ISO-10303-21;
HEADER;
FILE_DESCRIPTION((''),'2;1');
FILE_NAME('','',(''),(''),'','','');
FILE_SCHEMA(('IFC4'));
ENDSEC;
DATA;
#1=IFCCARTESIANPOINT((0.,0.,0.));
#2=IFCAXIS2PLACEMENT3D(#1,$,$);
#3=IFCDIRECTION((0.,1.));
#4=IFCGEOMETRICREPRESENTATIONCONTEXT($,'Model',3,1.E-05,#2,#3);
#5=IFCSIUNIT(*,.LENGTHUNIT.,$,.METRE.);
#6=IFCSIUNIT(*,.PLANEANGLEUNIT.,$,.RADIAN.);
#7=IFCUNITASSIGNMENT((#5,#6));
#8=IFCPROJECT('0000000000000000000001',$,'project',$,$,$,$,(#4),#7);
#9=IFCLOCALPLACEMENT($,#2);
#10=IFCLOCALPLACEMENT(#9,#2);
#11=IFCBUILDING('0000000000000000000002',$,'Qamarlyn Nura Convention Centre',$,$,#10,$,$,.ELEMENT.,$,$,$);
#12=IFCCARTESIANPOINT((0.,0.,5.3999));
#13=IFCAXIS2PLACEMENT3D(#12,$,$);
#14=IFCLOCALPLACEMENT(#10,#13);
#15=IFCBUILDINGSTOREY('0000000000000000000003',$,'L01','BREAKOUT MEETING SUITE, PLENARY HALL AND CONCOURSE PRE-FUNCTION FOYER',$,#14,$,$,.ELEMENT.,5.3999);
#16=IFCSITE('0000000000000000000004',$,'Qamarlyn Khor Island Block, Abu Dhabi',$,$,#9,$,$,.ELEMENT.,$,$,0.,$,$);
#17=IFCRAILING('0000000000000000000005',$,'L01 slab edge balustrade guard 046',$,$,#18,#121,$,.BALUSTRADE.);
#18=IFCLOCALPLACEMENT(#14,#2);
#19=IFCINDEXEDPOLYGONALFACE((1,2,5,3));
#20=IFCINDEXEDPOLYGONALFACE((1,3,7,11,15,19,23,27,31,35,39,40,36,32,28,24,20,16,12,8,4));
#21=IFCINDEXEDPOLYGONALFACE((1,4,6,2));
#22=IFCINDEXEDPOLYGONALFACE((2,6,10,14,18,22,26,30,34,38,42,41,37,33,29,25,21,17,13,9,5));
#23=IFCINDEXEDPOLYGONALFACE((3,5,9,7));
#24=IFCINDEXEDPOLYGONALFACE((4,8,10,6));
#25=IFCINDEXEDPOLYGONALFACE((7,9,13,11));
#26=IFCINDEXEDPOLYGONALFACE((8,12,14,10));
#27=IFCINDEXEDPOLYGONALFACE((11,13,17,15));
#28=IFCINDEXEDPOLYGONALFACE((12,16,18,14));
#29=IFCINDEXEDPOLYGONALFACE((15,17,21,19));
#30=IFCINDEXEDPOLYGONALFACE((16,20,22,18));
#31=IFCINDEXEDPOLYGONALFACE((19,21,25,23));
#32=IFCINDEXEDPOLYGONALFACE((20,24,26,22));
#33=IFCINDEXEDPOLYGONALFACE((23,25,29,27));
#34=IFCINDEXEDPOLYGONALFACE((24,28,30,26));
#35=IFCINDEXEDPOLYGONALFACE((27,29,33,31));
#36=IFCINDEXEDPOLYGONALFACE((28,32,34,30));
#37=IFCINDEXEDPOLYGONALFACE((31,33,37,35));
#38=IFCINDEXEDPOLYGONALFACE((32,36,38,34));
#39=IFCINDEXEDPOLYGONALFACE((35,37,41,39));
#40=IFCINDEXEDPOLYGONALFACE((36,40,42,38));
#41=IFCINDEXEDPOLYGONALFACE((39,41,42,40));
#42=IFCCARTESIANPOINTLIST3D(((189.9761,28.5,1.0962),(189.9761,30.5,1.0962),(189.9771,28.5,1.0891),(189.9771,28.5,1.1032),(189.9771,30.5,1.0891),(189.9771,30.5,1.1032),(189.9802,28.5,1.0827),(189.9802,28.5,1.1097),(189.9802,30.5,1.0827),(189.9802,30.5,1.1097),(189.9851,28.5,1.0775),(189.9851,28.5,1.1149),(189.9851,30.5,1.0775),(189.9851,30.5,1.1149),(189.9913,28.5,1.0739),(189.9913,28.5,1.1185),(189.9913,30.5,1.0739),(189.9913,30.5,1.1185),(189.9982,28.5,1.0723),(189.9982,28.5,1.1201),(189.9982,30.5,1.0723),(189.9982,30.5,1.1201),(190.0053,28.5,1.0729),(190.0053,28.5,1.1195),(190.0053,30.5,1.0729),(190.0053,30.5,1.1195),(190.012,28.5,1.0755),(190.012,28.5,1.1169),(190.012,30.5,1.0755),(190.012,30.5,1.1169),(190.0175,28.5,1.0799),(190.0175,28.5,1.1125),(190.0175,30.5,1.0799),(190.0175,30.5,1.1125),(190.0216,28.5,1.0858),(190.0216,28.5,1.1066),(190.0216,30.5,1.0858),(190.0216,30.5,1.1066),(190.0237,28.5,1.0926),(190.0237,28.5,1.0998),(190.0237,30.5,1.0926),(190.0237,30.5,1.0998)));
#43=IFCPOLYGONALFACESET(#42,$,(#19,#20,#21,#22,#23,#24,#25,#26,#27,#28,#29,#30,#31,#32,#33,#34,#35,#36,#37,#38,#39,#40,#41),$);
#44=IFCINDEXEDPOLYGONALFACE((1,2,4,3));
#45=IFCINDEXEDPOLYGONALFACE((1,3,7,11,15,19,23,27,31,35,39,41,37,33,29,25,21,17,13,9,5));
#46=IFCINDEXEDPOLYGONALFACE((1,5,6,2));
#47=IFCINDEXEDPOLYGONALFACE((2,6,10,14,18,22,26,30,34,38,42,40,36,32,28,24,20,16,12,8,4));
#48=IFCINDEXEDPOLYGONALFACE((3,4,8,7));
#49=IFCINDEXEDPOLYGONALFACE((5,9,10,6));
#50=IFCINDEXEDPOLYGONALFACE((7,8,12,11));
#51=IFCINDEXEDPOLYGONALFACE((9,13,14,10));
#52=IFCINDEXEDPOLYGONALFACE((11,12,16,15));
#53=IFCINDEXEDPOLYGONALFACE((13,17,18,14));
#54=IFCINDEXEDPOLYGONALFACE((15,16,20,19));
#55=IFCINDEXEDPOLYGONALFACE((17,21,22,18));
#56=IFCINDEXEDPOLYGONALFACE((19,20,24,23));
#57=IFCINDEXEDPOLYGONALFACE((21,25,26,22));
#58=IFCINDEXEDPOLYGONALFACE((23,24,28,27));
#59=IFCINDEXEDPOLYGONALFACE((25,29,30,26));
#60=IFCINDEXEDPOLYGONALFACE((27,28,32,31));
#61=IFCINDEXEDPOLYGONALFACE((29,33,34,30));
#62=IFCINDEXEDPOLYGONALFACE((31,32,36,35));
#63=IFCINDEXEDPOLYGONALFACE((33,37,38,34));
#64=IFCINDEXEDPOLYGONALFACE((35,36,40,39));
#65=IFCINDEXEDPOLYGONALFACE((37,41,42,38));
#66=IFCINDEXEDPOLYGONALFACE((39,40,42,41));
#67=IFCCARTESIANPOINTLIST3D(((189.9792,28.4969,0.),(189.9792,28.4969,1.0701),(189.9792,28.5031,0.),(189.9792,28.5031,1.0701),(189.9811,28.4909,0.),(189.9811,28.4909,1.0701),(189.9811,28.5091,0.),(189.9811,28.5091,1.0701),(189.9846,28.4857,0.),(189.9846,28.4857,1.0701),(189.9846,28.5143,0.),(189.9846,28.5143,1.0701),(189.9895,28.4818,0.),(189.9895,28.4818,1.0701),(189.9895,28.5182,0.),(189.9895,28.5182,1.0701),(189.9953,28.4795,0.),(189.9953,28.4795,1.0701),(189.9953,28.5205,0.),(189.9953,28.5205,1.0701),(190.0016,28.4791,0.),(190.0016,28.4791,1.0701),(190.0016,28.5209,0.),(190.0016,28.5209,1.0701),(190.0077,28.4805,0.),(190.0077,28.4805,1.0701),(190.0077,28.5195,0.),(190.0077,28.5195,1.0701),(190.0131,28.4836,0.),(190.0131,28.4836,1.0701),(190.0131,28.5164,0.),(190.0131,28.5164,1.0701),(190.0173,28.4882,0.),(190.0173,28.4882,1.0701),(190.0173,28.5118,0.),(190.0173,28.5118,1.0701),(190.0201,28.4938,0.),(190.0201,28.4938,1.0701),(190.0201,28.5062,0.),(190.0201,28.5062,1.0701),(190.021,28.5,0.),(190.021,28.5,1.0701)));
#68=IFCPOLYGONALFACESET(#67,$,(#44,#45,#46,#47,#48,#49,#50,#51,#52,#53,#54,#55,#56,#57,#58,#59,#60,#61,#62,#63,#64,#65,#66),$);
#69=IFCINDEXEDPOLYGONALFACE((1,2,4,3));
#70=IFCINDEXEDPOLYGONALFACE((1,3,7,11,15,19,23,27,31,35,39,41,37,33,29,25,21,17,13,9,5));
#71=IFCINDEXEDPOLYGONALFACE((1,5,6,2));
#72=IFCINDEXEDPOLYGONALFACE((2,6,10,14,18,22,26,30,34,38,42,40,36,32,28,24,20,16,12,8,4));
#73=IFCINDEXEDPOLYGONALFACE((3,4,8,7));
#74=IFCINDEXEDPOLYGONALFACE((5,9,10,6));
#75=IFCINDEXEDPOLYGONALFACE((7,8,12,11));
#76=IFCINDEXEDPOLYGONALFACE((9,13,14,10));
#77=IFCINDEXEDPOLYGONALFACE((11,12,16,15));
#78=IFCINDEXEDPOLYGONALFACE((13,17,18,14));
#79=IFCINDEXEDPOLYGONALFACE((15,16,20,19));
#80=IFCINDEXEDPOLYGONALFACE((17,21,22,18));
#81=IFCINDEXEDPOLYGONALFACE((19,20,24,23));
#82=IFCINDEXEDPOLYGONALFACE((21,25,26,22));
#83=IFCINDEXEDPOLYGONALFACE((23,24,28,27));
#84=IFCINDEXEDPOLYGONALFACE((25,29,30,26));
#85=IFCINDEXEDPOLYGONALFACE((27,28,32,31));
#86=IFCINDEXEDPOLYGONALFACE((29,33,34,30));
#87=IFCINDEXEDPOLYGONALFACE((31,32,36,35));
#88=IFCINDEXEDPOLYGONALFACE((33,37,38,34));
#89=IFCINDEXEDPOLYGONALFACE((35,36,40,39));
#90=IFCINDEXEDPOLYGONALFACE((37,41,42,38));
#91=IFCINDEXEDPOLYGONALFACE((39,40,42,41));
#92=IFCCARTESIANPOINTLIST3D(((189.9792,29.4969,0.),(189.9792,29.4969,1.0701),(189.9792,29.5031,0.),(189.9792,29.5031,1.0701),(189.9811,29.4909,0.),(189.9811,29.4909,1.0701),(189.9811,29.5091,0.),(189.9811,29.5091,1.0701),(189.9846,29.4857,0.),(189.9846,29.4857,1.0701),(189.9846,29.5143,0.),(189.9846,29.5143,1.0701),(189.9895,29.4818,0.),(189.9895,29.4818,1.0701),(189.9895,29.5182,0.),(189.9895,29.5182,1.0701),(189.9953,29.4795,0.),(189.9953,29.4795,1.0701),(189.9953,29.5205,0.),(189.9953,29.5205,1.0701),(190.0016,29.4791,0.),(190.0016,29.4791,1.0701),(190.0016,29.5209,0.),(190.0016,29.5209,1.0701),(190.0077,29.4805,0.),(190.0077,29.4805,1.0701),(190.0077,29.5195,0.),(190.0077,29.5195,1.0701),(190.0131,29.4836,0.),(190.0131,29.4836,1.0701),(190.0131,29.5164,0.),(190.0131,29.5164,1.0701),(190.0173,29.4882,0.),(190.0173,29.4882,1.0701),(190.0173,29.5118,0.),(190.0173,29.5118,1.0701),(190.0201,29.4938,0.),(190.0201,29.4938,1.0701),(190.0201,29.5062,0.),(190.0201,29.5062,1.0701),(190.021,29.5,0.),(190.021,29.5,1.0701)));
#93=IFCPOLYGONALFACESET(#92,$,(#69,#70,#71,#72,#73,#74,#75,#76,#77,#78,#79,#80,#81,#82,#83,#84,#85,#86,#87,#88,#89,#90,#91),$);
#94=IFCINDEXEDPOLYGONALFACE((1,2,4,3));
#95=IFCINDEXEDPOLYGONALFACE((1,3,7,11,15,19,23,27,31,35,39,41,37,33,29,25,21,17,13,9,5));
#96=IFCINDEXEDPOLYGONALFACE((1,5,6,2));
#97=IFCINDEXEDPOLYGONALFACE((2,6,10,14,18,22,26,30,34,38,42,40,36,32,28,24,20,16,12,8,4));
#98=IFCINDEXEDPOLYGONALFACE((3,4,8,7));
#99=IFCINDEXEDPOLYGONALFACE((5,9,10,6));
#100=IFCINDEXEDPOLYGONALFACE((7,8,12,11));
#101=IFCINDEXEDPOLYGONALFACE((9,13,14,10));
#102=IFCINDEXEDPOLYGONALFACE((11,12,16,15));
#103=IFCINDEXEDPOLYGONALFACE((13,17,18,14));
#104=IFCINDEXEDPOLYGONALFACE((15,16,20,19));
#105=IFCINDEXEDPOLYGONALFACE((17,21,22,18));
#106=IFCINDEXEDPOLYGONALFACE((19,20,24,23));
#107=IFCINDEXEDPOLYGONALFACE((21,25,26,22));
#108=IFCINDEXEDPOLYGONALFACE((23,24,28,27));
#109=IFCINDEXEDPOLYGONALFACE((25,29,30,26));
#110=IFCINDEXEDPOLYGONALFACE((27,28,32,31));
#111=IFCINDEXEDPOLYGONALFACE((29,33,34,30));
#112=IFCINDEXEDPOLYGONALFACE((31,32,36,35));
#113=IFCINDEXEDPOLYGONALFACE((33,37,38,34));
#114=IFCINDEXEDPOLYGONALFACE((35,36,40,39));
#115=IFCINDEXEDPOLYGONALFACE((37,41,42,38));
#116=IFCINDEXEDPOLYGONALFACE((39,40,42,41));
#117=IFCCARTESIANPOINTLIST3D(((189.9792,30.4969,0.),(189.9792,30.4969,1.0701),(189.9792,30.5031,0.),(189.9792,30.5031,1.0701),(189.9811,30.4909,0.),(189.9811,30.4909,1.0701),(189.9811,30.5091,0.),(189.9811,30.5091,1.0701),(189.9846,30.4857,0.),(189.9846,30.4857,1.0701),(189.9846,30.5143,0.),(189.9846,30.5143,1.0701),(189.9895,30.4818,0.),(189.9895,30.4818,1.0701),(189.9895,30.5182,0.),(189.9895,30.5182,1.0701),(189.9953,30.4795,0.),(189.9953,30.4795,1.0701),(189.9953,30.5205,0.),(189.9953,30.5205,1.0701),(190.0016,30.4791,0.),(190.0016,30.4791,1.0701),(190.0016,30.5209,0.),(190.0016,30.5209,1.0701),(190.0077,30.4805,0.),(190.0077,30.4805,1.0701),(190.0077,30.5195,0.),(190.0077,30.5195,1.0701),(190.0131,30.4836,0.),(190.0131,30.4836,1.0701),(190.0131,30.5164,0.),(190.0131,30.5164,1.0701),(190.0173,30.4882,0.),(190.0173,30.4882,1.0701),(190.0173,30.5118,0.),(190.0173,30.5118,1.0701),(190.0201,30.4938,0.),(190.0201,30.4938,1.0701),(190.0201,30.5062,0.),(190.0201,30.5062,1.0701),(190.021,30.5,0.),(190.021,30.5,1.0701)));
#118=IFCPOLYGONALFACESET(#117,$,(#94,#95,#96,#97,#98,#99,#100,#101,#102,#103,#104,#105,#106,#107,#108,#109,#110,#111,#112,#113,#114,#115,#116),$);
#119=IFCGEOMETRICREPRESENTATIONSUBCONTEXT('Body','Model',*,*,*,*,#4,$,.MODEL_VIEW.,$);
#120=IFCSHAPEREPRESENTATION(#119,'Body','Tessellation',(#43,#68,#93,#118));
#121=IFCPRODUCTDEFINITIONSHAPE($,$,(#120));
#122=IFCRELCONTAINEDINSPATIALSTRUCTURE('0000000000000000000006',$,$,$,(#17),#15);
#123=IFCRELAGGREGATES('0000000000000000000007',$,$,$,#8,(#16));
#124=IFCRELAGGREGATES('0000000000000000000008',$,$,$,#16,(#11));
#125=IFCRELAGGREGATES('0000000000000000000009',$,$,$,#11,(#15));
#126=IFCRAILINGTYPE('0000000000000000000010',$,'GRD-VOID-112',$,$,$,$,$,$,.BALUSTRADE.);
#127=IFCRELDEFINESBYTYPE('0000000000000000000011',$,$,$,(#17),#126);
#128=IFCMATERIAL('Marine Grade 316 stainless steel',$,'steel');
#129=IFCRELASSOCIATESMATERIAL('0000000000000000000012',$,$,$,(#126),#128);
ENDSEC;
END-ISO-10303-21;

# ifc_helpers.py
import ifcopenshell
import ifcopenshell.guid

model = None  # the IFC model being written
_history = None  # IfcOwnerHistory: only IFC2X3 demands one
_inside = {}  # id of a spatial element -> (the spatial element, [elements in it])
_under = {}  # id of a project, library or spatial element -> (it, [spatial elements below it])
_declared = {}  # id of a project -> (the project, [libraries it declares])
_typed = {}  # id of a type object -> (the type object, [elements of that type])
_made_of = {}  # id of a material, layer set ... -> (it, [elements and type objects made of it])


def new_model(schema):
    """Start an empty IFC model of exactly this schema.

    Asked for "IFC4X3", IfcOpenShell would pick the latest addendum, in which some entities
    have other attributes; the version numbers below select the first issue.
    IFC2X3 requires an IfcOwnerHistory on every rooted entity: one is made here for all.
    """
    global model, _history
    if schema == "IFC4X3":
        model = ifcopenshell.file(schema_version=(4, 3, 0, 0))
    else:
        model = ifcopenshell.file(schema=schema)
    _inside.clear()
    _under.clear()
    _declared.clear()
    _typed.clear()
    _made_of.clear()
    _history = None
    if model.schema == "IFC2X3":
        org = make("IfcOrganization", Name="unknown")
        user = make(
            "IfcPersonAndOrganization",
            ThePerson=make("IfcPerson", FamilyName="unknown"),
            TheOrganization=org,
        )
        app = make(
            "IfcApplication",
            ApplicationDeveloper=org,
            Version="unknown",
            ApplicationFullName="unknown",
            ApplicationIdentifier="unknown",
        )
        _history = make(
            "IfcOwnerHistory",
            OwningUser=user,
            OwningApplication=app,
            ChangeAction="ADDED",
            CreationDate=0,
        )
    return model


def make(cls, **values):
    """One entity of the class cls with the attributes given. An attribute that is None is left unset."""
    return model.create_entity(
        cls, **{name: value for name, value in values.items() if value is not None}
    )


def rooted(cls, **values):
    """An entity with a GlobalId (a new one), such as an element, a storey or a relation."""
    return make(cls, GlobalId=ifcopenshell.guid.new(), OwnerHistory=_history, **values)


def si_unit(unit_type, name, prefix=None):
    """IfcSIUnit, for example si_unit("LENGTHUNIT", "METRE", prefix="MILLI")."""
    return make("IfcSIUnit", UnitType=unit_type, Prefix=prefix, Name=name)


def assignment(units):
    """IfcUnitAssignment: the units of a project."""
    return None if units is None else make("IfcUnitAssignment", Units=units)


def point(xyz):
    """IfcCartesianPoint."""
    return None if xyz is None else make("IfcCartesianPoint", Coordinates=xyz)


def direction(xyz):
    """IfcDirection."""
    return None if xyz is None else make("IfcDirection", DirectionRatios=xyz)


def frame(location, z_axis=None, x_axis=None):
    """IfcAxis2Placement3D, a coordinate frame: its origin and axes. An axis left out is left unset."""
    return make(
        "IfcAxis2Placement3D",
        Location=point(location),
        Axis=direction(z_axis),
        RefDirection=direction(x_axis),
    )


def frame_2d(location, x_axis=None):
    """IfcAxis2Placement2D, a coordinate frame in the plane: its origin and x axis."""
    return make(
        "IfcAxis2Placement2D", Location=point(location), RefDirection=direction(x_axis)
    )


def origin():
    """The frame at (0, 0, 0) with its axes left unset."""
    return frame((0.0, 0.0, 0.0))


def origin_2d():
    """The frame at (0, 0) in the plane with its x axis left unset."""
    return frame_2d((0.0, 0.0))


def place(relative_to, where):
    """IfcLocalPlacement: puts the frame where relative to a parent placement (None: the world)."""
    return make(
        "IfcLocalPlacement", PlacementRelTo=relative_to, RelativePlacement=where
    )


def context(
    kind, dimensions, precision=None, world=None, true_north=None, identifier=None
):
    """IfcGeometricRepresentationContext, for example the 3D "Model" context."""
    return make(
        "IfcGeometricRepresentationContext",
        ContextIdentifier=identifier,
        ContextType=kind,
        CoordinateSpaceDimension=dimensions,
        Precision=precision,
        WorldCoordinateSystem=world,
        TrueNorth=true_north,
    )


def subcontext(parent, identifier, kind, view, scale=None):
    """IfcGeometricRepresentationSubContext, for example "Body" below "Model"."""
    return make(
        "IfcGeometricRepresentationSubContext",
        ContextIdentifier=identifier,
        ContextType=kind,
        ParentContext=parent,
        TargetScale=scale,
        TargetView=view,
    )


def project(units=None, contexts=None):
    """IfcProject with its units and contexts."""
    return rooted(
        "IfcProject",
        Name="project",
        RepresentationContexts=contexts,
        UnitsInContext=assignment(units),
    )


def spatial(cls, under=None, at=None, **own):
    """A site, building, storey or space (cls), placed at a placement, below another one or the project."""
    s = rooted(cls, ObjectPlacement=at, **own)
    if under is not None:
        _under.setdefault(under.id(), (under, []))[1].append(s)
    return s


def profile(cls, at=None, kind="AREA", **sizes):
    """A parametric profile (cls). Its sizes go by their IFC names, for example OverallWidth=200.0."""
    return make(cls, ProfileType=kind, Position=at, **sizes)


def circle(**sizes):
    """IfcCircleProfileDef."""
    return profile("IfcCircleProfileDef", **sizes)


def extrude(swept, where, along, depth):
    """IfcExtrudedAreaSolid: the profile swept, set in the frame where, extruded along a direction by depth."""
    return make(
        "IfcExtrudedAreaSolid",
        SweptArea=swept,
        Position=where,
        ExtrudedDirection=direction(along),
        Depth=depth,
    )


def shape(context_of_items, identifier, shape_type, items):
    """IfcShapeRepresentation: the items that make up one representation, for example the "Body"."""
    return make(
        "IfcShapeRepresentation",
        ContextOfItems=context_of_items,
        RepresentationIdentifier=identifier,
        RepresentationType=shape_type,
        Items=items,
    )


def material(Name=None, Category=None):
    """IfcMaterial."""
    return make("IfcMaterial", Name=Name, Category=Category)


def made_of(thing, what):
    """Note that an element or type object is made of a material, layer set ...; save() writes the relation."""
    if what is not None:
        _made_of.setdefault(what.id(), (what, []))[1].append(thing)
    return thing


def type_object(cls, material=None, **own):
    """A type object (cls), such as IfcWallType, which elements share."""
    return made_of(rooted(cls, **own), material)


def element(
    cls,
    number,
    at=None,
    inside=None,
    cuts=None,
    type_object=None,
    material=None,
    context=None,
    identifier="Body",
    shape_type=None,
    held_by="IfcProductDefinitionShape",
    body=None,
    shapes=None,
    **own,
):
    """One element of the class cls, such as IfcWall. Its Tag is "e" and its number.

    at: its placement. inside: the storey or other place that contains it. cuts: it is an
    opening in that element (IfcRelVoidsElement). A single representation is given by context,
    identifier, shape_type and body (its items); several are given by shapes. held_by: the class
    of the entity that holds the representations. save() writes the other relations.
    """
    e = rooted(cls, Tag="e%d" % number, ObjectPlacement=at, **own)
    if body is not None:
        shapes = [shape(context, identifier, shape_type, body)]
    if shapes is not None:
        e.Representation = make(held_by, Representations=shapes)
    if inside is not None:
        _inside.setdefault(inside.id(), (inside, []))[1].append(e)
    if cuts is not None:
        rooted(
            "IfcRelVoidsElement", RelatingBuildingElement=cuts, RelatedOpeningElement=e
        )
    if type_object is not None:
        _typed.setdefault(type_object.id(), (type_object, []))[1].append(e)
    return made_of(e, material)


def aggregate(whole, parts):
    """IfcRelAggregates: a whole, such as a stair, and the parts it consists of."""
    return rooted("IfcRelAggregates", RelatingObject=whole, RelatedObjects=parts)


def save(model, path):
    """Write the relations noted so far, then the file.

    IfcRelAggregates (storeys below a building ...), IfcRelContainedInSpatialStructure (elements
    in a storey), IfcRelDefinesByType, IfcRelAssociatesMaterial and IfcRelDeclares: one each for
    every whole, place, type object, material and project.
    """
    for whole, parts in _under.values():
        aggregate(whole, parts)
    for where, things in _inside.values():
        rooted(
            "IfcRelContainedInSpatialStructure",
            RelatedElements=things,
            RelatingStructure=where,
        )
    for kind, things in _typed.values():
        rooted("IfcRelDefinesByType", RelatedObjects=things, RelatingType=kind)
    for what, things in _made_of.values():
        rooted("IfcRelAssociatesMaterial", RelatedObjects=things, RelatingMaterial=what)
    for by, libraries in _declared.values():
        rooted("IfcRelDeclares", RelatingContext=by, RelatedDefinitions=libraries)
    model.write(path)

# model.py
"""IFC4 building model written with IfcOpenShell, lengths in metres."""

from ifc_helpers import new_model, si_unit, direction, frame, origin, origin_2d, place, context, subcontext, project, spatial, circle, extrude, material, type_object, element, save


model = new_model("IFC4")

# Units and contexts
model_context = context("Model", 3, precision=1e-05, world=origin(), true_north=direction((0.0, 1.0)))
body_context = subcontext(model_context, "Body", "Model", "MODEL_VIEW")
ifc_project = project(units=[si_unit("LENGTHUNIT", "METRE"), si_unit("PLANEANGLEUNIT", "RADIAN")], contexts=[model_context])

# Site, building, storey
site_placement = place(None, origin())
site = spatial("IfcSite", under=ifc_project, at=site_placement, Name="Qamarlyn Khor Island Block, Abu Dhabi", CompositionType="ELEMENT", RefElevation=0.0)
building_placement = place(site_placement, origin())
building = spatial("IfcBuilding", under=site, at=building_placement, Name="Qamarlyn Nura Convention Centre", CompositionType="ELEMENT")
storey_placement = place(building_placement, frame((0.0, 0.0, 5.3999)))
storey = spatial("IfcBuildingStorey", under=building, at=storey_placement, Name="L01", Description="BREAKOUT MEETING SUITE, PLENARY HALL AND CONCOURSE PRE-FUNCTION FOYER", CompositionType="ELEMENT", Elevation=5.3999)

# Railing
ifc_material_1 = material(Name="Marine Grade 316 stainless steel", Category="steel")
railing_type = type_object("IfcRailingType", Name="GRD-VOID-112", PredefinedType="BALUSTRADE", material=ifc_material_1)
railing_1_placement = place(storey_placement, frame((190.0, 28.5, 0.0)))
element("IfcRailing", 1, at=railing_1_placement, inside=storey, type_object=railing_type, Name="L01 slab edge balustrade guard 046", PredefinedType="BALUSTRADE", context=body_context, shape_type="SweptSolid", body=[
    extrude(circle(Radius=0.0239, at=origin_2d()), frame((0.0, 0.0, 1.0962), z_axis=(0.0, 1.0, 0.0), x_axis=(-1.0, 0.0, 0.0)), (0.0, 0.0, 1.0), 2.0),
    extrude(circle(Radius=0.021, at=origin_2d()), origin(), (0.0, 0.0, 1.0), 1.0701),
    extrude(circle(Radius=0.021, at=origin_2d()), frame((0.0, 1.0, 0.0)), (0.0, 0.0, 1.0), 1.0701),
    extrude(circle(Radius=0.021, at=origin_2d()), frame((0.0, 2.0, 0.0)), (0.0, 0.0, 1.0), 1.0701),
])

save(model, "model.ifc")
